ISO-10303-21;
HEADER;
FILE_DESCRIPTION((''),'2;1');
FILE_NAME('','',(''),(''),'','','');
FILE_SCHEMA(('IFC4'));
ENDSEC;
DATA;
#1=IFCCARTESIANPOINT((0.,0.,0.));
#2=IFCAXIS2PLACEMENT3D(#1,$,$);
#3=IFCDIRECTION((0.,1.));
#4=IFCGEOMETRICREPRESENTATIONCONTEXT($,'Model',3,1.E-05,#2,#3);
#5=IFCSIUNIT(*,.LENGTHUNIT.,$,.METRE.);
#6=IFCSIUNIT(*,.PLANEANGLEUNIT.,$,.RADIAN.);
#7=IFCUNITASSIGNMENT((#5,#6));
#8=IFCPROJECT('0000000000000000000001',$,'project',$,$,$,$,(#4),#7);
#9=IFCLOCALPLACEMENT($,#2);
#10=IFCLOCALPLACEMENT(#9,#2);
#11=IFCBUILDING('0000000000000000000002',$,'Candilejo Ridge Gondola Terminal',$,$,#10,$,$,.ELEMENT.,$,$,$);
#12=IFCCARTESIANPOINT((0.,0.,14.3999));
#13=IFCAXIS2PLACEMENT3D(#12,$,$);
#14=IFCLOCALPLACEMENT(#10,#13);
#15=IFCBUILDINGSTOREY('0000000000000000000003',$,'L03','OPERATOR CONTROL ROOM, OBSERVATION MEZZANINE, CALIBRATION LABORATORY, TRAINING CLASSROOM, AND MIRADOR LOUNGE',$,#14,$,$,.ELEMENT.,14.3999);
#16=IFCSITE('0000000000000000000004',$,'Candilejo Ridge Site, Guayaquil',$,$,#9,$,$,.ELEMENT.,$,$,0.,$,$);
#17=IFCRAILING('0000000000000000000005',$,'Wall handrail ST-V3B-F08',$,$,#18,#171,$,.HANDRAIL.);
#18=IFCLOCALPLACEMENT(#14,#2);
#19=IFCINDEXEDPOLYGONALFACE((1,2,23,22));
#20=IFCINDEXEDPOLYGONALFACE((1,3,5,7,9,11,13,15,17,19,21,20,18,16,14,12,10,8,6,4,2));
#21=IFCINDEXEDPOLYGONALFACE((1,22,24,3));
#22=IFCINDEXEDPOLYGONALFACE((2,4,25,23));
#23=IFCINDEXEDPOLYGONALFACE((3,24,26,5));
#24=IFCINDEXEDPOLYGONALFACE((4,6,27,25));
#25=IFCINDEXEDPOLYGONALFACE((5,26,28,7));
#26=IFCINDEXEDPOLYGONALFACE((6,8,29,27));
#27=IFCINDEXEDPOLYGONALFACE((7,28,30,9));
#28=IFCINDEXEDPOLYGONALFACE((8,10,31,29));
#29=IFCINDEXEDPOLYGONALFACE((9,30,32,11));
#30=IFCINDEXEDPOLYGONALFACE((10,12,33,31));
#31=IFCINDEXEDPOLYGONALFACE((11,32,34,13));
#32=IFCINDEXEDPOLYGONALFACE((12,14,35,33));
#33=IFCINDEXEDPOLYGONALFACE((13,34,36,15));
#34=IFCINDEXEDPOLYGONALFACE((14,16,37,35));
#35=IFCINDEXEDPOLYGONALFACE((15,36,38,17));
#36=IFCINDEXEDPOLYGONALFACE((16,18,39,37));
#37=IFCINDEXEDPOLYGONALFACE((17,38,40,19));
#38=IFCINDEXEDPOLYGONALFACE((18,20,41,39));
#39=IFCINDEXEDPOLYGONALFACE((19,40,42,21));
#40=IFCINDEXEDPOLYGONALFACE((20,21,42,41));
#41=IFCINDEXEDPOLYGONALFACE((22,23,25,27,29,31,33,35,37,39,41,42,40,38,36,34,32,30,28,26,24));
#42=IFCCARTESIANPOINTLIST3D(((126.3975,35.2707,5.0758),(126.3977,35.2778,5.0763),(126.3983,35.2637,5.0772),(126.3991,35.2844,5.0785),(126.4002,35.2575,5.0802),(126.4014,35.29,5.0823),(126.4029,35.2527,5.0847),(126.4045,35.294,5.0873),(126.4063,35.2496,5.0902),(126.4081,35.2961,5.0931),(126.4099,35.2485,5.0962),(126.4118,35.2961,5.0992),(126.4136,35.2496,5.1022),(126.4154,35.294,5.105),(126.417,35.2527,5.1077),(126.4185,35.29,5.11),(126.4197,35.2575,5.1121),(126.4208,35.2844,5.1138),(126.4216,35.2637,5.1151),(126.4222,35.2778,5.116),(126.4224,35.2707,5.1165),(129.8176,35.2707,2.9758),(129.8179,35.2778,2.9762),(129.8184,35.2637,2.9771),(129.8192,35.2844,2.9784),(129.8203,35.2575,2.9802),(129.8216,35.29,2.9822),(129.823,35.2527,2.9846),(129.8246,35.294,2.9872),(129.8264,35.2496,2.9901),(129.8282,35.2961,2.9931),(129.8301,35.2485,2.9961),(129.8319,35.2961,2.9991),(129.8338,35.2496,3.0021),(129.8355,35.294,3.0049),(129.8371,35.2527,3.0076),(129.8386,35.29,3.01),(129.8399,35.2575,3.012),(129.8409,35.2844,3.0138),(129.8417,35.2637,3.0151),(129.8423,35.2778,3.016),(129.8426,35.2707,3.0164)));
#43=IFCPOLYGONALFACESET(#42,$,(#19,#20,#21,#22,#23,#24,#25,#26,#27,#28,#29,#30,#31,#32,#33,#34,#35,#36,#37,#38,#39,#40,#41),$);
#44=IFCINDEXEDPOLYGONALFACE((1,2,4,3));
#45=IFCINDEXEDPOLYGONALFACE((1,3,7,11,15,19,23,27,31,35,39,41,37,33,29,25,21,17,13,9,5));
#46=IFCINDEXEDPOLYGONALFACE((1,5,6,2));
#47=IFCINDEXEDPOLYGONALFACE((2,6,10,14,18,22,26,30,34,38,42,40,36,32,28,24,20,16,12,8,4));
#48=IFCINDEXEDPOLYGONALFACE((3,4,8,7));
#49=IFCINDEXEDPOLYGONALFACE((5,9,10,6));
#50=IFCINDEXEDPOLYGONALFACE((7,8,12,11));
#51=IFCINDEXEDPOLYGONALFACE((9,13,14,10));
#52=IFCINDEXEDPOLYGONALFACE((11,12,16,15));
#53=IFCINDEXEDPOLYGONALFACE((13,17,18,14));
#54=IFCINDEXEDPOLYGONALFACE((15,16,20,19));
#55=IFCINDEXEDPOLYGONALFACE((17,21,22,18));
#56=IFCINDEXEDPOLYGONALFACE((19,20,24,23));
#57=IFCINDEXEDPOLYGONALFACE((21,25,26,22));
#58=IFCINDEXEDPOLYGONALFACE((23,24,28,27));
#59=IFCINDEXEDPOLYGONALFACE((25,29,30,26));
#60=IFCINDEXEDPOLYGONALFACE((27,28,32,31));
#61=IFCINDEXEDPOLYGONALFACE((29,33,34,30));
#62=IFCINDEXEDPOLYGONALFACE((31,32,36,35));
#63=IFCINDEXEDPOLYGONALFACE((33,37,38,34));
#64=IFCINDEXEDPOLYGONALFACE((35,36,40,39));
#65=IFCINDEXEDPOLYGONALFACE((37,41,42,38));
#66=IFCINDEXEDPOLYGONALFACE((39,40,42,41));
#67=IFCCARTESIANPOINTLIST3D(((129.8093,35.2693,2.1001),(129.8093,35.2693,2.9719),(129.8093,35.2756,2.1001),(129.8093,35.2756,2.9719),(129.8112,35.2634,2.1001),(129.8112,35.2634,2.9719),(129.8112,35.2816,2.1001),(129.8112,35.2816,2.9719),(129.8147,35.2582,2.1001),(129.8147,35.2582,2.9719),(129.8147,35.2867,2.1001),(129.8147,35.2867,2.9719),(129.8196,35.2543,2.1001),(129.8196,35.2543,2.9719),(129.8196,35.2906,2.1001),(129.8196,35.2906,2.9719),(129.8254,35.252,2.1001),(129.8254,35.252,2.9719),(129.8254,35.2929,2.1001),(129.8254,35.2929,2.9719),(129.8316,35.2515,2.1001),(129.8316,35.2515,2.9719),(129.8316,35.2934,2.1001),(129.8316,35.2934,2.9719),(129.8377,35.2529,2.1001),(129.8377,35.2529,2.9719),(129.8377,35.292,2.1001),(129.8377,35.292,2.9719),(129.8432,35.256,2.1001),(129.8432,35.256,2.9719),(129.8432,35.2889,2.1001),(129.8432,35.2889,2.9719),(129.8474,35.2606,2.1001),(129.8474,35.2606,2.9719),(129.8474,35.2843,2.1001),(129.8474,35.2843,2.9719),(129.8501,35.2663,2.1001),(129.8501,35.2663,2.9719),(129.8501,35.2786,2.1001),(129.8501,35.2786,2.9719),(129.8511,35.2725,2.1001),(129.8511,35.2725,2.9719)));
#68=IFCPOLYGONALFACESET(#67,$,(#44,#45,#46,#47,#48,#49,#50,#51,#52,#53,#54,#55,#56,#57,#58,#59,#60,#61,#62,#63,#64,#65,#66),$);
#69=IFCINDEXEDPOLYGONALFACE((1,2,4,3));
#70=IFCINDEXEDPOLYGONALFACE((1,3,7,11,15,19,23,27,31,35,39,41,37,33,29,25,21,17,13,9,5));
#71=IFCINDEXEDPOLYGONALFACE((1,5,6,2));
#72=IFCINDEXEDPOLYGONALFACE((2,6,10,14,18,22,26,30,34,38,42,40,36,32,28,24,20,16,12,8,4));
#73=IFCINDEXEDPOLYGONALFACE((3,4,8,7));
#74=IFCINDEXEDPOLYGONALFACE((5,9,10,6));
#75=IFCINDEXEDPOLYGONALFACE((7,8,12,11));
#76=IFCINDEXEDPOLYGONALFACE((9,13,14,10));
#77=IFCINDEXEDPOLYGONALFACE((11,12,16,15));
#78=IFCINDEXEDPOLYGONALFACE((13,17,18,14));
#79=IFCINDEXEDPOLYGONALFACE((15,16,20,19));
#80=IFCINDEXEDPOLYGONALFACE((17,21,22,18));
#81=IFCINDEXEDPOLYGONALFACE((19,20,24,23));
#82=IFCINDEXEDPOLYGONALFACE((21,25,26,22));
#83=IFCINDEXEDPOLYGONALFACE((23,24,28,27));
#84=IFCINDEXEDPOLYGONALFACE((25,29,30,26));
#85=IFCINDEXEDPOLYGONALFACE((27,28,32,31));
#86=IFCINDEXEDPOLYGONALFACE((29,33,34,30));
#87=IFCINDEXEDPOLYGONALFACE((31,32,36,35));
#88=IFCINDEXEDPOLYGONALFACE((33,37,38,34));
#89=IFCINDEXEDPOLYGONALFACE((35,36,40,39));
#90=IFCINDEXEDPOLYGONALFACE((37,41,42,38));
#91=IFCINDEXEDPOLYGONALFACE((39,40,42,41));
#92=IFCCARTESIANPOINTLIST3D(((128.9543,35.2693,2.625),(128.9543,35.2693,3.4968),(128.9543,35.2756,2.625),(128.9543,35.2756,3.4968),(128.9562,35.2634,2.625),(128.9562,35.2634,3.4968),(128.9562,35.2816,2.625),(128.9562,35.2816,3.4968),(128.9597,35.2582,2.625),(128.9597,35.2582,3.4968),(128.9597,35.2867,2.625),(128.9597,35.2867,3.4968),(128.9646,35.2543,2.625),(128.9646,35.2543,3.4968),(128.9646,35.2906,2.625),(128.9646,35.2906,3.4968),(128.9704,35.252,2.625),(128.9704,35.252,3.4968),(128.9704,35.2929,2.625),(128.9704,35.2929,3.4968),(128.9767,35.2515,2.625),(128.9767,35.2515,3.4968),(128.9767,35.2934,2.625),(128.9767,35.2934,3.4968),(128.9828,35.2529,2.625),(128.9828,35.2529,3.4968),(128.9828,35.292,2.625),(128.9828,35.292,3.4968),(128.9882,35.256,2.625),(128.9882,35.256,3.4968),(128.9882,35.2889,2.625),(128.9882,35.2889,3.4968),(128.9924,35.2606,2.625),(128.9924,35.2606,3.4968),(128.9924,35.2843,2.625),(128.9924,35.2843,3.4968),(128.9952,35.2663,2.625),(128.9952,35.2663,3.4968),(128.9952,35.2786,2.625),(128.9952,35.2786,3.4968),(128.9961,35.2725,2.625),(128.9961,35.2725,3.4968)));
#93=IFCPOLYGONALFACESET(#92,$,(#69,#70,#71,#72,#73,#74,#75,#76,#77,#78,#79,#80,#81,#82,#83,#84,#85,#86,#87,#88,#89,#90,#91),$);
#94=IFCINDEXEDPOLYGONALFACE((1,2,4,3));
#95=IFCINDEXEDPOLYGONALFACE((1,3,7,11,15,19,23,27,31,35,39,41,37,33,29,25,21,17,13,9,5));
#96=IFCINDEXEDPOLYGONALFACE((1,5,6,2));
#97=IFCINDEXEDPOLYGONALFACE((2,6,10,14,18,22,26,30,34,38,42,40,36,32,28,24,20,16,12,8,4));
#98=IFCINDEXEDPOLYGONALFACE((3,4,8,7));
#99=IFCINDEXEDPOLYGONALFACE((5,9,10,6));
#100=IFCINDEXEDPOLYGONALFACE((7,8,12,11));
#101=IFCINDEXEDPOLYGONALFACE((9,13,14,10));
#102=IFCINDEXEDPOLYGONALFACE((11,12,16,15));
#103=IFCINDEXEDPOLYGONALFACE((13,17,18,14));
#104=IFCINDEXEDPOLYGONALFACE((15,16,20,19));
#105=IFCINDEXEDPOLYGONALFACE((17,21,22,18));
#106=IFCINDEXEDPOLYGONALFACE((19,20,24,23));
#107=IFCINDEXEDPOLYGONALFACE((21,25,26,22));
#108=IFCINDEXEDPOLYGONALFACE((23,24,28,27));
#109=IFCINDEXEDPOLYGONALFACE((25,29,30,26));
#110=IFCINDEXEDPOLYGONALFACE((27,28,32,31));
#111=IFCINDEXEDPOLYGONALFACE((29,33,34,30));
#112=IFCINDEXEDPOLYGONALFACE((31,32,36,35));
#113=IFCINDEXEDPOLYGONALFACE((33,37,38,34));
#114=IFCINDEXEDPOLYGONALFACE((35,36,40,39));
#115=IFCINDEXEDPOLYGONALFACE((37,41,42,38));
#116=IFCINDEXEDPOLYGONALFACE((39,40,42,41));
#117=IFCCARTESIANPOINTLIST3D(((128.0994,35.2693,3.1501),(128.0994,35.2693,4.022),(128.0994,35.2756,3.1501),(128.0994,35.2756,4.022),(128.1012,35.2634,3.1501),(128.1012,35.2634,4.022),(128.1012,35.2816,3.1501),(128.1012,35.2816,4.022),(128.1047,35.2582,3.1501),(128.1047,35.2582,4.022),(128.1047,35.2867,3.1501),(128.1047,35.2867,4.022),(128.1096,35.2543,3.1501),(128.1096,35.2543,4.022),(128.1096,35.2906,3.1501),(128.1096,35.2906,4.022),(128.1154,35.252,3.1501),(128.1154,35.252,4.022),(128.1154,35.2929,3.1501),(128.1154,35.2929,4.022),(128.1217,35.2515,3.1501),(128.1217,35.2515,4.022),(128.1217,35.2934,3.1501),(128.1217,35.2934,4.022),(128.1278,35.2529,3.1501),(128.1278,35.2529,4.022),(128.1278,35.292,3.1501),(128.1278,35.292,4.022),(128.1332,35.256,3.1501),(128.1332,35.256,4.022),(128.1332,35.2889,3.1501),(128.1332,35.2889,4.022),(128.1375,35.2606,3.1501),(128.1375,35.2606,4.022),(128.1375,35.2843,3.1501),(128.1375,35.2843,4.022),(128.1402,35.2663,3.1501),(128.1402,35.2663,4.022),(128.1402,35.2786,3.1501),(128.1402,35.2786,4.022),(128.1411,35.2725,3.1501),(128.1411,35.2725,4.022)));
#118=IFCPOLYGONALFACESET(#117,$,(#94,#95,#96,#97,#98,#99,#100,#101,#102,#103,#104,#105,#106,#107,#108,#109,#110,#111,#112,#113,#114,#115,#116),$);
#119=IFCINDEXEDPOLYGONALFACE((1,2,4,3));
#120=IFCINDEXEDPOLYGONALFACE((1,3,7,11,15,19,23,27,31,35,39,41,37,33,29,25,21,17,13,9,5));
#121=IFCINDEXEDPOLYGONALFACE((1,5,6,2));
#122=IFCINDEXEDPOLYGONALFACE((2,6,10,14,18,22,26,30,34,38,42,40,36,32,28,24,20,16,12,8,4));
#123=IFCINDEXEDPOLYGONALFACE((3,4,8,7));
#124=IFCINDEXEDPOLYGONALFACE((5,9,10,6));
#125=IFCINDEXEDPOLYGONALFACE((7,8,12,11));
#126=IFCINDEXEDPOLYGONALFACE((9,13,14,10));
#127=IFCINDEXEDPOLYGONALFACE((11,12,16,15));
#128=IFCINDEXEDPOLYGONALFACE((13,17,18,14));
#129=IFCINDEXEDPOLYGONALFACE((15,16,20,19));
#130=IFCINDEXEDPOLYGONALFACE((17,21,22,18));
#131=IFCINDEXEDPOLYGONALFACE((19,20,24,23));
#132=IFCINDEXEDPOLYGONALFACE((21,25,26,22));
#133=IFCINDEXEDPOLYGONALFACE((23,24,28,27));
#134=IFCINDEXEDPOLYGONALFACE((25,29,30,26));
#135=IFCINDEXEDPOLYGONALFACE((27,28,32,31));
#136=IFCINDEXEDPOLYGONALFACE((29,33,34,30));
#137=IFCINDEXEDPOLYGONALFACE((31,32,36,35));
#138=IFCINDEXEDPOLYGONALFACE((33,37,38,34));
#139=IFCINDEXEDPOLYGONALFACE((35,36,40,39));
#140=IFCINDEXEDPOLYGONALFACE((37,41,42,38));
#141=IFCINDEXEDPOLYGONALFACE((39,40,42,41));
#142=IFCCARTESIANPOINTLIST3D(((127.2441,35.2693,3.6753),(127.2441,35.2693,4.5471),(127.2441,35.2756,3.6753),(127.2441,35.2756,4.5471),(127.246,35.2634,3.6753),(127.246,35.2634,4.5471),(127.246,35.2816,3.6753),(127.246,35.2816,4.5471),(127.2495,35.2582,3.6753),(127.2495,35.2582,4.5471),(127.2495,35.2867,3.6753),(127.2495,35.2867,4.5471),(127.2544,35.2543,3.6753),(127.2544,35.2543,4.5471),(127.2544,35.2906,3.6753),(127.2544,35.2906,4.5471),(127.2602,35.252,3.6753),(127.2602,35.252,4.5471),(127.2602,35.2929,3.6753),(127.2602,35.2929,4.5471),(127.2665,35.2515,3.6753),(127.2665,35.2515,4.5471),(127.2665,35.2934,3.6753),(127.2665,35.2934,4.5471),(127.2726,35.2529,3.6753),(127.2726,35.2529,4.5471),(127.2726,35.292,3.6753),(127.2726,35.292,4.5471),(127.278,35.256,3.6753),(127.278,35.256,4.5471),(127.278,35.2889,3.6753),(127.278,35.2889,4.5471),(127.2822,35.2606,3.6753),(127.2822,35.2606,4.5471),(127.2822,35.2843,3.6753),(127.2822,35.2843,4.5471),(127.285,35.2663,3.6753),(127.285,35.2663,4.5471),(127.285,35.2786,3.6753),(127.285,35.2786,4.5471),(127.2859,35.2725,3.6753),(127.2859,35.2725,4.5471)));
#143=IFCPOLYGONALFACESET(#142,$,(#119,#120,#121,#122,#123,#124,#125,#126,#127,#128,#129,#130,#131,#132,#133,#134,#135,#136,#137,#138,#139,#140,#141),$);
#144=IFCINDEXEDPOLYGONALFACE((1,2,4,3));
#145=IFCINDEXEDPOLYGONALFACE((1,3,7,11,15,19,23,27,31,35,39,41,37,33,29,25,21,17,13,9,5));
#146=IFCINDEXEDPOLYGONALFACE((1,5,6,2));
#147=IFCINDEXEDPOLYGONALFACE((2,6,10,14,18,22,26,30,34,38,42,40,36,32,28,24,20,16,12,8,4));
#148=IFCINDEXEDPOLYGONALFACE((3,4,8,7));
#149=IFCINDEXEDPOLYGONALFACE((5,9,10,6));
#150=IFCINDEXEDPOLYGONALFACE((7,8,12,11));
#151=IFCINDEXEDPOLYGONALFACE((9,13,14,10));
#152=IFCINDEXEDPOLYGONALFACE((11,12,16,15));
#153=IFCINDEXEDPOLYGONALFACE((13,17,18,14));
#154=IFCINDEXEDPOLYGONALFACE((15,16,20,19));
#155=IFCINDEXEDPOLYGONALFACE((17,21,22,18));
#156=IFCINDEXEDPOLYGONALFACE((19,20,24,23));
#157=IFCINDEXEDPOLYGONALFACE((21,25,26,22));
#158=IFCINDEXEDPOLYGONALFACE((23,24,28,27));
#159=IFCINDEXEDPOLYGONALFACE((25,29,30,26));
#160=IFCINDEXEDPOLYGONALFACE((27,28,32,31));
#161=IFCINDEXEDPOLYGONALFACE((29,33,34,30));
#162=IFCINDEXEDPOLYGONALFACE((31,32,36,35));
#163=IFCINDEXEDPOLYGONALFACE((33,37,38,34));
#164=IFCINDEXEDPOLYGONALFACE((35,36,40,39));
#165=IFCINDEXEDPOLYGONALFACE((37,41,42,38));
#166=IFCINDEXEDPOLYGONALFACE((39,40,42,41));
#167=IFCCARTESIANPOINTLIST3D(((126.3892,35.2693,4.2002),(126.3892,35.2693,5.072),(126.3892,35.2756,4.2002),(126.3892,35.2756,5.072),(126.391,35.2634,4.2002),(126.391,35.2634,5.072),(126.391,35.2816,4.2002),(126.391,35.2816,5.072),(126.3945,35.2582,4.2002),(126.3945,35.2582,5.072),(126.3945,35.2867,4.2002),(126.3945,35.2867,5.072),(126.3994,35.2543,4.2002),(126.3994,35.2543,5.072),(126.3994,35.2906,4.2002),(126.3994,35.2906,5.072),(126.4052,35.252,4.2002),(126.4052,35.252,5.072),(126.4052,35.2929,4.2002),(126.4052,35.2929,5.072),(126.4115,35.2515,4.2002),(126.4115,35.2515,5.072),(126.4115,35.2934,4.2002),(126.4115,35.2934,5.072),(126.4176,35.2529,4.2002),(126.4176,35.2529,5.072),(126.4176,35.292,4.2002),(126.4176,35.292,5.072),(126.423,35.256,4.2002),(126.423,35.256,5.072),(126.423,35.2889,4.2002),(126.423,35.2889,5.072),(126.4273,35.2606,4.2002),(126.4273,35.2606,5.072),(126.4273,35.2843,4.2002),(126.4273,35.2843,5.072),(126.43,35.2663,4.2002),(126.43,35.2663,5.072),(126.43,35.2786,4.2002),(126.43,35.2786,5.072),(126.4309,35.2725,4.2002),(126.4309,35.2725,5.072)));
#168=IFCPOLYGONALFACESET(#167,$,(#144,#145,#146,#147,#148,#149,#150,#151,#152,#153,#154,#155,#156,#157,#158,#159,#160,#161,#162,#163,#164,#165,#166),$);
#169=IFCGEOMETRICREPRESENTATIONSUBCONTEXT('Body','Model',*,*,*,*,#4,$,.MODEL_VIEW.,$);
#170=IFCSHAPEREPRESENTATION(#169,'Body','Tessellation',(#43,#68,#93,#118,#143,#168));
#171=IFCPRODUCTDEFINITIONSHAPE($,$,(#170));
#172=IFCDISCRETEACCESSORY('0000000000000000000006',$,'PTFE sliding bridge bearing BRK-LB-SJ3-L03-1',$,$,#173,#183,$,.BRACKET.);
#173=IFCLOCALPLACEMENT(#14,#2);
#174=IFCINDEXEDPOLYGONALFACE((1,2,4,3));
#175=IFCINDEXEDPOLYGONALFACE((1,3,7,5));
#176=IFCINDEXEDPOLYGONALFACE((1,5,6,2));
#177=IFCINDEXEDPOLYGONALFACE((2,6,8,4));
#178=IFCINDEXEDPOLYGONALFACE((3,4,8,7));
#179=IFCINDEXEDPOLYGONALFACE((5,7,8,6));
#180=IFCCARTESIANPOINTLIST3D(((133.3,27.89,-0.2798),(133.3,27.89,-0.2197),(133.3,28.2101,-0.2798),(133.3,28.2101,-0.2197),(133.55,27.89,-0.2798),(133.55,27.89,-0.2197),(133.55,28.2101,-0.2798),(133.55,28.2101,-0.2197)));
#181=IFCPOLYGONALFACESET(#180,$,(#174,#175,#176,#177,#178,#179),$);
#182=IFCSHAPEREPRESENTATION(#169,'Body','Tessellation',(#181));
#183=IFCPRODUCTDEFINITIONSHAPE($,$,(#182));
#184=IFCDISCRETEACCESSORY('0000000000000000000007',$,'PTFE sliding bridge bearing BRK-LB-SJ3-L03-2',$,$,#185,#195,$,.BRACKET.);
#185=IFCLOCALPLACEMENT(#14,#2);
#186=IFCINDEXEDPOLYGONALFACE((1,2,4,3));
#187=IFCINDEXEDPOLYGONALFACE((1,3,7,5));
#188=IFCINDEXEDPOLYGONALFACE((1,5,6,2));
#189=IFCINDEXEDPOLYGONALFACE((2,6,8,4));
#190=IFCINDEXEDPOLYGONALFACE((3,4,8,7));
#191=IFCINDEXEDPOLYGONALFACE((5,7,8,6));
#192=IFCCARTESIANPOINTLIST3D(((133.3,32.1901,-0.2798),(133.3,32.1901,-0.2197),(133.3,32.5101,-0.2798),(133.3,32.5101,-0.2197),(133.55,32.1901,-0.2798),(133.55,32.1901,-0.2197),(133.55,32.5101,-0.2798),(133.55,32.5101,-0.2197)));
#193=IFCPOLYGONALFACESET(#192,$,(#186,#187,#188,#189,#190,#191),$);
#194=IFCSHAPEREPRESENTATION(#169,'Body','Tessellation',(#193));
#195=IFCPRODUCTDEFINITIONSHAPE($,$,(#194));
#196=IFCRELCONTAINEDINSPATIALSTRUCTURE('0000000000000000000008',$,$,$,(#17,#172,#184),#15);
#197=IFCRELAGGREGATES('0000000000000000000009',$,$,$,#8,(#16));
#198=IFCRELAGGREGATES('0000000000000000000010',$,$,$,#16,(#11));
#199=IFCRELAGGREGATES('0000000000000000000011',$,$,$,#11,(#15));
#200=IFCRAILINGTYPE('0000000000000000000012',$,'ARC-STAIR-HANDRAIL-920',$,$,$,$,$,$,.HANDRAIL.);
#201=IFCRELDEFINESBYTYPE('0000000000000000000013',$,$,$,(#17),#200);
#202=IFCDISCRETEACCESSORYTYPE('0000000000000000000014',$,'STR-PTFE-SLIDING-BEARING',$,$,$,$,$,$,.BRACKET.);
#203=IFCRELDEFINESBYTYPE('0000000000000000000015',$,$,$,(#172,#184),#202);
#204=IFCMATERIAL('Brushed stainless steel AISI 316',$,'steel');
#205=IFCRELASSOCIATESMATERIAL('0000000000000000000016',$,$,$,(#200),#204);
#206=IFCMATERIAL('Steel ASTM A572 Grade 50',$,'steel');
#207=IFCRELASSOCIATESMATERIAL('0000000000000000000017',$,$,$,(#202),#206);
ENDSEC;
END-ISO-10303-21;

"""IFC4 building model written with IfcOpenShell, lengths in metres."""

from ifc_helpers import new_model, si_unit, direction, frame, origin, origin_2d, place, context, subcontext, project, spatial, rectangle, circle, extrude, material, type_object, element, save


model = new_model("IFC4")

# Units and contexts
model_context = context("Model", 3, precision=1e-05, world=origin(), true_north=direction((0.0, 1.0)))
body_context = subcontext(model_context, "Body", "Model", "MODEL_VIEW")
ifc_project = project(units=[si_unit("LENGTHUNIT", "METRE"), si_unit("PLANEANGLEUNIT", "RADIAN")], contexts=[model_context])

# Site, building, storey
site_placement = place(None, origin())
site = spatial("IfcSite", under=ifc_project, at=site_placement, Name="Candilejo Ridge Site, Guayaquil", CompositionType="ELEMENT", RefElevation=0.0)
building_placement = place(site_placement, origin())
building = spatial("IfcBuilding", under=site, at=building_placement, Name="Candilejo Ridge Gondola Terminal", CompositionType="ELEMENT")
storey_placement = place(building_placement, frame((0.0, 0.0, 14.3999)))
storey = spatial("IfcBuildingStorey", under=building, at=storey_placement, Name="L03", Description="OPERATOR CONTROL ROOM, OBSERVATION MEZZANINE, CALIBRATION LABORATORY, TRAINING CLASSROOM, AND MIRADOR LOUNGE", CompositionType="ELEMENT", Elevation=14.3999)

# Railing
ifc_material_1 = material(Name="Brushed stainless steel AISI 316", Category="steel")
railing_type_1 = type_object("IfcRailingType", Name="ARC-STAIR-HANDRAIL-920", PredefinedType="HANDRAIL", material=ifc_material_1)
railing_1_placement = place(storey_placement, frame((129.8301, 35.2725, 2.1001)))
element("IfcRailing", 1, at=railing_1_placement, inside=storey, type_object=railing_type_1, Name="Wall handrail ST-V3B-F08", PredefinedType="HANDRAIL", context=body_context, shape_type="SweptSolid", body=[
    extrude(circle(Radius=0.0239, at=origin_2d()), frame((0.0, 0.0, 0.896), z_axis=(-0.852172, 0.0, 0.523262), x_axis=(0.0, -1.0, 0.0)), (0.0, 0.0, 1.0), 4.0134),
    extrude(circle(Radius=0.021, at=origin_2d()), origin(), (0.0, 0.0, 1.0), 0.8718),
    extrude(circle(Radius=0.021, at=origin_2d()), frame((-0.855, 0.0, 0.5249)), (0.0, 0.0, 1.0), 0.8718),
    extrude(circle(Radius=0.021, at=origin_2d()), frame((-1.71, 0.0, 1.05)), (0.0, 0.0, 1.0), 0.8718),
    extrude(circle(Radius=0.021, at=origin_2d()), frame((-2.5652, 0.0, 1.5752)), (0.0, 0.0, 1.0), 0.8718),
    extrude(circle(Radius=0.021, at=origin_2d()), frame((-3.4202, 0.0, 2.1001)), (0.0, 0.0, 1.0), 0.8718),
])

# Discrete accessories
ifc_material_2 = material(Name="Steel ASTM A572 Grade 50", Category="steel")
discrete_accessory_type = type_object("IfcDiscreteAccessoryType", Name="STR-PTFE-SLIDING-BEARING", PredefinedType="BRACKET", material=ifc_material_2)
for number, where, name in (
    (2, (133.425, 28.05, -0.2798), "PTFE sliding bridge bearing BRK-LB-SJ3-L03-1"),
    (3, (133.425, 32.3501, -0.2798), "PTFE sliding bridge bearing BRK-LB-SJ3-L03-2"),
):
    element("IfcDiscreteAccessory", number, at=place(storey_placement, frame(where)), inside=storey, type_object=discrete_accessory_type, Name=name, PredefinedType="BRACKET", context=body_context, shape_type="SweptSolid", body=[
        extrude(rectangle(XDim=0.25, YDim=0.3201, at=origin_2d()), origin(), (0.0, 0.0, 1.0), 0.0601),
    ])

save(model, "model.ifc")
